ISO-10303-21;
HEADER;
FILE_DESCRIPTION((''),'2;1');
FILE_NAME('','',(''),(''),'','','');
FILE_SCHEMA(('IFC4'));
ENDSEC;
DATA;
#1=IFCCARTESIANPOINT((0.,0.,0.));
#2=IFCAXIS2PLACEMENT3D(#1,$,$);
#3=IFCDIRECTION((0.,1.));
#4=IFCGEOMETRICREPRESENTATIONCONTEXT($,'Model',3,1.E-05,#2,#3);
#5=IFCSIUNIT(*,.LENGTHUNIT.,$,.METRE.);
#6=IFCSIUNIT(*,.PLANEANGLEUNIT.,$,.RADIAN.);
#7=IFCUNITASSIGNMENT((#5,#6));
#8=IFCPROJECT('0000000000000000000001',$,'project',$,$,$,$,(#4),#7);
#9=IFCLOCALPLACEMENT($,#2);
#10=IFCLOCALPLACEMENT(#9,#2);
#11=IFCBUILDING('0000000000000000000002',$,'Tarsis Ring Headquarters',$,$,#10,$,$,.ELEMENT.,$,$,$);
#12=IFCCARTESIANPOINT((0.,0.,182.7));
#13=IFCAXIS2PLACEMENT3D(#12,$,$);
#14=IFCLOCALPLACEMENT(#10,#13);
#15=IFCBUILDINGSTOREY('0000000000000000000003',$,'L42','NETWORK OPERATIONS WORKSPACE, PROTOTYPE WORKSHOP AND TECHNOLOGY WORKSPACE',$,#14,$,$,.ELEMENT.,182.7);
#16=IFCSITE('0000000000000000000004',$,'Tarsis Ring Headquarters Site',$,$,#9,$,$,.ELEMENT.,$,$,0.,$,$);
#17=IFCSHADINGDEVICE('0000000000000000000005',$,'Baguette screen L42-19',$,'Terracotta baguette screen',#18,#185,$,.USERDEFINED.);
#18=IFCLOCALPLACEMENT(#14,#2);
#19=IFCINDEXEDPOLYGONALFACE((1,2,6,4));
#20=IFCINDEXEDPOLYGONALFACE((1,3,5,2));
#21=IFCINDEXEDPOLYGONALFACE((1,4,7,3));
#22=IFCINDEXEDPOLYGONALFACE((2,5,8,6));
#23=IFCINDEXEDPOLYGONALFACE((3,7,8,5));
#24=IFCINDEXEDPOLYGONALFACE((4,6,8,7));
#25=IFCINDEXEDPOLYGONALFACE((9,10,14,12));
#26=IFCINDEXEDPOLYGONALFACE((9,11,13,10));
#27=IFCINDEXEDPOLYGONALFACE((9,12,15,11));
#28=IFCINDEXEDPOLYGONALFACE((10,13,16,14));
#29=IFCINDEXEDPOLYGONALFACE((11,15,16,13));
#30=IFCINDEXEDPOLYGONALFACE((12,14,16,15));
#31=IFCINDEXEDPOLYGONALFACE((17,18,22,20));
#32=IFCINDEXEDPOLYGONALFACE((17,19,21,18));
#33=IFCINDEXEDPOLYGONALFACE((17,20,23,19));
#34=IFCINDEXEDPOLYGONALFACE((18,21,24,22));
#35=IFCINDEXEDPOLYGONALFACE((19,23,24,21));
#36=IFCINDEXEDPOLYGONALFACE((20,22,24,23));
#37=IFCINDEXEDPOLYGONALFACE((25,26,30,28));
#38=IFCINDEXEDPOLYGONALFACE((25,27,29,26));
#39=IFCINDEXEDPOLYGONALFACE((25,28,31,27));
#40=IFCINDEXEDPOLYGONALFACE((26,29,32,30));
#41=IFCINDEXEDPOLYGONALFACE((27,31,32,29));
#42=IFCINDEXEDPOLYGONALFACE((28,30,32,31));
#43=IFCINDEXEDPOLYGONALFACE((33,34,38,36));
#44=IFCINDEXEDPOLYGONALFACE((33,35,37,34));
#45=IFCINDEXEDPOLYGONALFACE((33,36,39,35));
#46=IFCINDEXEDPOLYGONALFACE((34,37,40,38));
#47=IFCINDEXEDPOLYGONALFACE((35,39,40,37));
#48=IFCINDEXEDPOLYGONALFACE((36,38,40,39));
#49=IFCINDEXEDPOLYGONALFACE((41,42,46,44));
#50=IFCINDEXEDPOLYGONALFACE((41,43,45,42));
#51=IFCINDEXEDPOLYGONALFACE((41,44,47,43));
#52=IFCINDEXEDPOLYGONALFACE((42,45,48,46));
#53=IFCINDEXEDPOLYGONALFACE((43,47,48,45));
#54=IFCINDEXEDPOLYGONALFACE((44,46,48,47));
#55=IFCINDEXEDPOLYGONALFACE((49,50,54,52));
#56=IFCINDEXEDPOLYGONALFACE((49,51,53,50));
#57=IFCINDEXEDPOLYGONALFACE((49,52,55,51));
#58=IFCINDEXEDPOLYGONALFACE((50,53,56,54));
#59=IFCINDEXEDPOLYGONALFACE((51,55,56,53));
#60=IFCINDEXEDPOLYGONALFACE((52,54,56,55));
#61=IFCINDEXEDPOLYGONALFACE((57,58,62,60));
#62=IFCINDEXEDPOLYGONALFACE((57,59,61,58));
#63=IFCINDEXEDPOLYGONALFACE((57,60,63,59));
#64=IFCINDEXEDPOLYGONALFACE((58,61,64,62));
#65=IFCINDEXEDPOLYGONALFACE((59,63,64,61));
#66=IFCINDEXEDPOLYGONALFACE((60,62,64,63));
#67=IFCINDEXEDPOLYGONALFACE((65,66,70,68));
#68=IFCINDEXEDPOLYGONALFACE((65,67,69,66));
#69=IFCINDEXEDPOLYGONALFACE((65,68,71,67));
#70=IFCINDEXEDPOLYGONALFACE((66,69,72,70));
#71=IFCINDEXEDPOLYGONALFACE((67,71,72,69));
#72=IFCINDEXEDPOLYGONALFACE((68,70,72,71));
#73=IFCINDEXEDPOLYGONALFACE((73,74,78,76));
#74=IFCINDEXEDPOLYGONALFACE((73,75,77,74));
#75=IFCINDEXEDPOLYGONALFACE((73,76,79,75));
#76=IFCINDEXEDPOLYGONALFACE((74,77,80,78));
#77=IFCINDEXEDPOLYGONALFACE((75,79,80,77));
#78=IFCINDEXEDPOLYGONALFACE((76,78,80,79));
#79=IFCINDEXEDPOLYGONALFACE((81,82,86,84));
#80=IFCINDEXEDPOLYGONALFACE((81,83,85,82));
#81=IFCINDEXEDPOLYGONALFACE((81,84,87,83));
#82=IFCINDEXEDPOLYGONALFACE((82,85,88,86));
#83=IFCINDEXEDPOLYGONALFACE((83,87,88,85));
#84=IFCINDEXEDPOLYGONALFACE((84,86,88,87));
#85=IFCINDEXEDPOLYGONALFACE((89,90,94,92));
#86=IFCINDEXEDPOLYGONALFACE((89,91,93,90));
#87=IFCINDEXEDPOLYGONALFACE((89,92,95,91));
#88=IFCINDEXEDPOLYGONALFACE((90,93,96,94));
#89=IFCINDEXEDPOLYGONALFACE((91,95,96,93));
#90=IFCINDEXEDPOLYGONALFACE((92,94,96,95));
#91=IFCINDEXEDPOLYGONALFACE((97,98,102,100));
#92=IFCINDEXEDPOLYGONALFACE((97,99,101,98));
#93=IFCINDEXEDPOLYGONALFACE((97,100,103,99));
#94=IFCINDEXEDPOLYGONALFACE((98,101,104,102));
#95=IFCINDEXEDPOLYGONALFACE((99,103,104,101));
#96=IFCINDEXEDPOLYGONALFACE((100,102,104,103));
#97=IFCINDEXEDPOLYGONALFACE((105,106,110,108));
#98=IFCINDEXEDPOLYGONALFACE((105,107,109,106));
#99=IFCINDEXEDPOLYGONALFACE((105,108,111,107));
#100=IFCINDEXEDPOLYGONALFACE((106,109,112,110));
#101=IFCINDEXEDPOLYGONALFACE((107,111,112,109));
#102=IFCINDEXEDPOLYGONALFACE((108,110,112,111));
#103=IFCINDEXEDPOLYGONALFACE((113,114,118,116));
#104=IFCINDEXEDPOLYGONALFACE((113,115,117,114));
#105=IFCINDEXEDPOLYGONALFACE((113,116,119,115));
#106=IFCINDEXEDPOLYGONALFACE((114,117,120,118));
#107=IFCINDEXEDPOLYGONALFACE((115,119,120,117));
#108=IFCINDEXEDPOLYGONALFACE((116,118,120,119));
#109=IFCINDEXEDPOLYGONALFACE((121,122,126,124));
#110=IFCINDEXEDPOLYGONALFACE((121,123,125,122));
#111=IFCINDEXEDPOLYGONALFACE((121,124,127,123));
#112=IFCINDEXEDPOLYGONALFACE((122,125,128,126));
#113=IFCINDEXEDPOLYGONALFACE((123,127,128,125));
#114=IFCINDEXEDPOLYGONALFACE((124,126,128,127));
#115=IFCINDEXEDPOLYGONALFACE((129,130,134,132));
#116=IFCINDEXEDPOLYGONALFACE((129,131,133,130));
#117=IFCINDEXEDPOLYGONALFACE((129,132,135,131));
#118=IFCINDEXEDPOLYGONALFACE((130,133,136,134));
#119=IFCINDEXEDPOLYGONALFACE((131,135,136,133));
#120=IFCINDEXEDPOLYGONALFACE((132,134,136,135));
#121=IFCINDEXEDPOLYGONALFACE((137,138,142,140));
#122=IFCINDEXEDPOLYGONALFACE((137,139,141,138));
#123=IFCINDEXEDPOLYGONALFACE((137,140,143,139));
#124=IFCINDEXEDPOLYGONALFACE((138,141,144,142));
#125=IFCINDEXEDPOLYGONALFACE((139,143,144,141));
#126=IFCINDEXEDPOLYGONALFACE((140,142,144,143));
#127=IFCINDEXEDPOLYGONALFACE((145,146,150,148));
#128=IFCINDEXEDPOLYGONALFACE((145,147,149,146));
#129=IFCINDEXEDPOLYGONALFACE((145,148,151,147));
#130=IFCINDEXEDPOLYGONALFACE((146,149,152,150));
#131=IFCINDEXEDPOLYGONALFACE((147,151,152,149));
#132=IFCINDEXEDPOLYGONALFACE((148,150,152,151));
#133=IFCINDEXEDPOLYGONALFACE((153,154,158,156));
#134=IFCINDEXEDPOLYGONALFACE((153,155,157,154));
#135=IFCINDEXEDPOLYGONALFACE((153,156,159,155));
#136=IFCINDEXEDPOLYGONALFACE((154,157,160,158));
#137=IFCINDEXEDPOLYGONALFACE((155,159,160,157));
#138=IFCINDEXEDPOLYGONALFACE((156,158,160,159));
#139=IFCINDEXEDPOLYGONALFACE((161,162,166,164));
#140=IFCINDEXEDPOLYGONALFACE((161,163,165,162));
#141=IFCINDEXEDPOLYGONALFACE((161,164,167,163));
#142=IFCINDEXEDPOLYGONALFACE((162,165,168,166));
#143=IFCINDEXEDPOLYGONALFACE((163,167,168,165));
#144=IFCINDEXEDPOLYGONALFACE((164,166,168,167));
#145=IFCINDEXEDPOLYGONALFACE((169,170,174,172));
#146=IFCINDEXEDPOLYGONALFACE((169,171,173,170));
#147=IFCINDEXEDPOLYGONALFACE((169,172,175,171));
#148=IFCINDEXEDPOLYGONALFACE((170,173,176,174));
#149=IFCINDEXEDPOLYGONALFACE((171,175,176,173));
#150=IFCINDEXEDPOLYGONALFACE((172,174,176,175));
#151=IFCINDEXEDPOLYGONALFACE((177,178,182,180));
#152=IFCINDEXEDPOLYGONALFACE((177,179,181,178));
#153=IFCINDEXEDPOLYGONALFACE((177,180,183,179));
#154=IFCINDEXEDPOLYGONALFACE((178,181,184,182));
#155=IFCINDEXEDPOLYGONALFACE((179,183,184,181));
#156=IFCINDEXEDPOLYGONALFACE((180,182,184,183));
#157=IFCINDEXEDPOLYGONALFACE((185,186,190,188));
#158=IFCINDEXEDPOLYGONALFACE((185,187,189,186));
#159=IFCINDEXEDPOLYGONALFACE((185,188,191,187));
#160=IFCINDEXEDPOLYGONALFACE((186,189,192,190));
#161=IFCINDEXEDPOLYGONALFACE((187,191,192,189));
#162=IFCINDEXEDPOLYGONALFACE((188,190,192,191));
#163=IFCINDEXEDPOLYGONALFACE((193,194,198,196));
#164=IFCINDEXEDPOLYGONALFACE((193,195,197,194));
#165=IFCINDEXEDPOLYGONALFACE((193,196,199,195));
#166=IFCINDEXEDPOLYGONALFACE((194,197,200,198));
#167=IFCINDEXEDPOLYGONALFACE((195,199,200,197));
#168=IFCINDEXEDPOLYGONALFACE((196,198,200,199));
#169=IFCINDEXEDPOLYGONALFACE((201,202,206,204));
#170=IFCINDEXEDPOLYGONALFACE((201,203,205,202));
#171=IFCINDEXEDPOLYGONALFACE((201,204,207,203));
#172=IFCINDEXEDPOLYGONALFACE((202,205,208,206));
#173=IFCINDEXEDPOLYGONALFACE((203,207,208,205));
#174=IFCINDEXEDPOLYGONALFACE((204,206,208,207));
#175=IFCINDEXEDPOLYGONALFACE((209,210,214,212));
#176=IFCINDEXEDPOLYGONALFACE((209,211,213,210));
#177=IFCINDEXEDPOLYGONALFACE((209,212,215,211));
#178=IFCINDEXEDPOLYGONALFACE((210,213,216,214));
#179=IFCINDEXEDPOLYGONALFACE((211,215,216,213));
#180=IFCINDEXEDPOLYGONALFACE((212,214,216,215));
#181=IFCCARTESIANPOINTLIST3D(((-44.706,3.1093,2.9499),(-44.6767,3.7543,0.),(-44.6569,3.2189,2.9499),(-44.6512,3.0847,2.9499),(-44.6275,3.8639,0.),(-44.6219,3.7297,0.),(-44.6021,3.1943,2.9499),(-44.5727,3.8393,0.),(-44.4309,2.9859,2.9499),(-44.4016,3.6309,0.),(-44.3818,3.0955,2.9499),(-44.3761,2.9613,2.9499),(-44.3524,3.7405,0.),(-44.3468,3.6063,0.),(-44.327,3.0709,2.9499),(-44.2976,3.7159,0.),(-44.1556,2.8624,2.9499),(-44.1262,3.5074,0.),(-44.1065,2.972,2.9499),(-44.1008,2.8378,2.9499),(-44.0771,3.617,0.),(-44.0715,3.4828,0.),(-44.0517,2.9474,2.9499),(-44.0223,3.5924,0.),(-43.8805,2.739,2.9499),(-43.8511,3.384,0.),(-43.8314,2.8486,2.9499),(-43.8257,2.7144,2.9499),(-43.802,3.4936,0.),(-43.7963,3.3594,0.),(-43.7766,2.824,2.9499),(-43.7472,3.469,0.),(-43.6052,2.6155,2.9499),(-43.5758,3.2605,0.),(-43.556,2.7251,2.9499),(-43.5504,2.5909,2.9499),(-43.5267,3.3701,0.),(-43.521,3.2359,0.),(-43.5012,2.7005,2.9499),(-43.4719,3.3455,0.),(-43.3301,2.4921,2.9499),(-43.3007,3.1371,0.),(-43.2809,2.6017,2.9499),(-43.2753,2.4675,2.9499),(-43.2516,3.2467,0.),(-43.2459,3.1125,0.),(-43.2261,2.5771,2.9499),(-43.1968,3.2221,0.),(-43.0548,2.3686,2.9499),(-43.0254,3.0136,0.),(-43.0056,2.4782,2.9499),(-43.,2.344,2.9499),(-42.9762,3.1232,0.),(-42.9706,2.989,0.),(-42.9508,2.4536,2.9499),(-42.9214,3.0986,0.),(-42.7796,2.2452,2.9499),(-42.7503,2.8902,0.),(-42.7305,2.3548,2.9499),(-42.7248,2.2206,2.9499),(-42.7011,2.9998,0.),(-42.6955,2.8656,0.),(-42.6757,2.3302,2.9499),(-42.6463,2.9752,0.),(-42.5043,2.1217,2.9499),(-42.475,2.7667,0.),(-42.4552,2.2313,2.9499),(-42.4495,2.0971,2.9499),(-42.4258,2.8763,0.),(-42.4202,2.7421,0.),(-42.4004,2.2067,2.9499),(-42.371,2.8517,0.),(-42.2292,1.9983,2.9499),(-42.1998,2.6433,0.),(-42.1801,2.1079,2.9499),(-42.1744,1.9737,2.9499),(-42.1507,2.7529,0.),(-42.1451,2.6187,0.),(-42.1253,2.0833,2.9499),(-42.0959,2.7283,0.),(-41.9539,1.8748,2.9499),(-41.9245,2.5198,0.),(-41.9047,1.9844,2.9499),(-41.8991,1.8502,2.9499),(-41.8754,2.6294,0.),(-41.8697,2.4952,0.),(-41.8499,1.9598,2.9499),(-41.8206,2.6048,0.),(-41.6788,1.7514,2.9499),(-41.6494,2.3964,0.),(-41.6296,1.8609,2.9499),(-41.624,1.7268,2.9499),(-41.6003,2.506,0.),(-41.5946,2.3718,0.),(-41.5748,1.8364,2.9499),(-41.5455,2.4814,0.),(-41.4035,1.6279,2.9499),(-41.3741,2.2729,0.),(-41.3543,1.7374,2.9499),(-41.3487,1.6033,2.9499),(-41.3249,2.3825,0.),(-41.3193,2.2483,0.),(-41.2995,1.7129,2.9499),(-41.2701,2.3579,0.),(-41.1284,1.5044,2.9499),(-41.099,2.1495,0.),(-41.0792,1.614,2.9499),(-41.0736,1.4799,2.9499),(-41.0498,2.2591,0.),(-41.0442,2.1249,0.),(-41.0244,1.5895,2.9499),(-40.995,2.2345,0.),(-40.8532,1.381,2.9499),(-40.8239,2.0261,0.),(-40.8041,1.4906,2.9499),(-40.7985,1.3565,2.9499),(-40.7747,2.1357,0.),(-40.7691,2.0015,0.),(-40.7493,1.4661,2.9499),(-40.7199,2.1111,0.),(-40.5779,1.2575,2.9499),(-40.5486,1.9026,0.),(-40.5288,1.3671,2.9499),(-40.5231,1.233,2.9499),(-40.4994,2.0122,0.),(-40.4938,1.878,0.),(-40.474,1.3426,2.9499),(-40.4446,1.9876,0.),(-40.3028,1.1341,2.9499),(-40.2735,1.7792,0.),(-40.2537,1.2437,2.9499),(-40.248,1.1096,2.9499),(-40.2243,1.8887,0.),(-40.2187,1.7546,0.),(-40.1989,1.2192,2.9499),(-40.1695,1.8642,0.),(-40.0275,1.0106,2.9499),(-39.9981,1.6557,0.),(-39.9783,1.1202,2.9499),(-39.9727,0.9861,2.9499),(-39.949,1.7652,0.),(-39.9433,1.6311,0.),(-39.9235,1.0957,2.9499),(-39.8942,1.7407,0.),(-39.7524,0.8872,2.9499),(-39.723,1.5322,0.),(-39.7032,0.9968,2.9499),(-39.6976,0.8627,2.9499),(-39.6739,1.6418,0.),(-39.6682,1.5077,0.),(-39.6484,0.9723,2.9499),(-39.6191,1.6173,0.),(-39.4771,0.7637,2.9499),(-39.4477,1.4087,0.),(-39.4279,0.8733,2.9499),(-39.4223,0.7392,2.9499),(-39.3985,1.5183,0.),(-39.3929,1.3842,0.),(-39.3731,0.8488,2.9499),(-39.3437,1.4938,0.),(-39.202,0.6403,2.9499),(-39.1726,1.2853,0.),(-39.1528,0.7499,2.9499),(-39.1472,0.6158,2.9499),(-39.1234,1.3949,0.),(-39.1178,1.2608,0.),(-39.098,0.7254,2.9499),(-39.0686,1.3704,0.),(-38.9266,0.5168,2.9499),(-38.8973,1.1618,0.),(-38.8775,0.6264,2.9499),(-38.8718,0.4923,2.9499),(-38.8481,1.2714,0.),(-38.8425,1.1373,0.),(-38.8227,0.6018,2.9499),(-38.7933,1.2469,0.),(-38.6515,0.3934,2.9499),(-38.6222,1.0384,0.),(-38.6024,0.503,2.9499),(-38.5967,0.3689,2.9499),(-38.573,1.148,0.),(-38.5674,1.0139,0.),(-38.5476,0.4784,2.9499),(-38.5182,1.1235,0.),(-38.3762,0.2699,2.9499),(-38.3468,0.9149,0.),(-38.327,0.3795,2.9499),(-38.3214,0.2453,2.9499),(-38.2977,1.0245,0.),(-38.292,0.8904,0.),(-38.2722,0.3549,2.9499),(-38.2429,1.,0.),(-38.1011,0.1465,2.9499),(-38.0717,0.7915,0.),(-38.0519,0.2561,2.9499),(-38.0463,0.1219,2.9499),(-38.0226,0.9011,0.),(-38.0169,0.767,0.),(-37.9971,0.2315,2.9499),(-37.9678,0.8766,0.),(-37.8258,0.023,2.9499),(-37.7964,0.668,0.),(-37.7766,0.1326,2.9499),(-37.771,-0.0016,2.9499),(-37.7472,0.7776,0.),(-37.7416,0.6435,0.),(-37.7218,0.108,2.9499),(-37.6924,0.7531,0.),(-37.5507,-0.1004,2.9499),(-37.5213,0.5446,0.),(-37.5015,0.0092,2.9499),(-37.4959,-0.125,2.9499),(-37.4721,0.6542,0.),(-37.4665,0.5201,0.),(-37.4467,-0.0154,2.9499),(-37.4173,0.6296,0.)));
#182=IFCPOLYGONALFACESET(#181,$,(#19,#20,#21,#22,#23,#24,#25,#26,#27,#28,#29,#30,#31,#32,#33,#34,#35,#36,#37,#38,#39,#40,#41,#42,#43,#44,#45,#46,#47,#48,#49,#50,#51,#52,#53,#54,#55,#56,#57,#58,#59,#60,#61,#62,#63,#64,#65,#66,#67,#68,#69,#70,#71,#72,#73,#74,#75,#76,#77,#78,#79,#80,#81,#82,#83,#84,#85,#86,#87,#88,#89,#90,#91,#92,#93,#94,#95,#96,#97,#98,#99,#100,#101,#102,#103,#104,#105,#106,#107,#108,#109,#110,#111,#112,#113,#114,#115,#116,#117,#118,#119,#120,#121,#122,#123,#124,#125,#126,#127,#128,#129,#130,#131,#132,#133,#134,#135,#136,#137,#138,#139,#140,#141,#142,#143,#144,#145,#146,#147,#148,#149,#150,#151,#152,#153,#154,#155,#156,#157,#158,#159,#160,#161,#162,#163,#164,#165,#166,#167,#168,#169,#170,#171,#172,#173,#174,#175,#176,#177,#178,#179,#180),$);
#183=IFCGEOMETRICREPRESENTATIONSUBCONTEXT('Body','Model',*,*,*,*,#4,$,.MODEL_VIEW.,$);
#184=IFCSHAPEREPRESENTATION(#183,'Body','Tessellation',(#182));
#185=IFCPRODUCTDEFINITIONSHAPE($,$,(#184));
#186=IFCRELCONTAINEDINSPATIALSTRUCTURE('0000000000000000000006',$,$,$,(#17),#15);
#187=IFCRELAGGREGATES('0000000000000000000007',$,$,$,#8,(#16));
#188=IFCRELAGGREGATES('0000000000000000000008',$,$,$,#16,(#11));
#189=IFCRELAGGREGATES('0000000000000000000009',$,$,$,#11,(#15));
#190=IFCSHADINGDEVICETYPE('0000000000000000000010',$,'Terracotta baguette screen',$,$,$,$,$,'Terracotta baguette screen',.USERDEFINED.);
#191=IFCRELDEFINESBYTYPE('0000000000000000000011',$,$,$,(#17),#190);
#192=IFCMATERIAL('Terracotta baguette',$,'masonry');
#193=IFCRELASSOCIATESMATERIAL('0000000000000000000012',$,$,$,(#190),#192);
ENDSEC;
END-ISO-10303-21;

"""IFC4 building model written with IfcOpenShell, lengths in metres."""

from ifc_helpers import new_model, si_unit, direction, frame, frame_2d, origin, place, context, subcontext, project, spatial, rectangle, composite_profile, extrude, material, type_object, element, save


model = new_model("IFC4")

# Units and contexts
model_context = context("Model", 3, precision=1e-05, world=origin(), true_north=direction((0.0, 1.0)))
body_context = subcontext(model_context, "Body", "Model", "MODEL_VIEW")
ifc_project = project(units=[si_unit("LENGTHUNIT", "METRE"), si_unit("PLANEANGLEUNIT", "RADIAN")], contexts=[model_context])

# Site, building, storey
site_placement = place(None, origin())
site = spatial("IfcSite", under=ifc_project, at=site_placement, Name="Tarsis Ring Headquarters Site", CompositionType="ELEMENT", RefElevation=0.0)
building_placement = place(site_placement, origin())
building = spatial("IfcBuilding", under=site, at=building_placement, Name="Tarsis Ring Headquarters", CompositionType="ELEMENT")
storey_placement = place(building_placement, frame((0.0, 0.0, 182.7)))
storey = spatial("IfcBuildingStorey", under=building, at=storey_placement, Name="L42", Description="NETWORK OPERATIONS WORKSPACE, PROTOTYPE WORKSHOP AND TECHNOLOGY WORKSPACE", CompositionType="ELEMENT", Elevation=182.7)

# Shading device
ifc_material_1 = material(Name="Terracotta baguette", Category="masonry")
shading_device_type_1 = type_object("IfcShadingDeviceType", Name="Terracotta baguette screen", ElementType="Terracotta baguette screen", PredefinedType="USERDEFINED", material=ifc_material_1)
shading_device_1_placement = place(storey_placement, frame((-44.6521, 3.8091, 0.0), z_axis=(0.0, 0.0, 1.0), x_axis=(0.912411, -0.409275, 0.0)))
element("IfcShadingDevice", 1, at=shading_device_1_placement, inside=storey, type_object=shading_device_type_1, Name="Baguette screen L42-19", ObjectType="Terracotta baguette screen", PredefinedType="USERDEFINED", context=body_context, shape_type="SweptSolid", body=[
    extrude(composite_profile([rectangle(XDim=0.0601, YDim=0.1201, at=frame_2d((0.03, 0.0))), rectangle(XDim=0.0601, YDim=0.1201, at=frame_2d((0.3315, 0.0))), rectangle(XDim=0.0601, YDim=0.1201, at=frame_2d((0.6333, 0.0))), rectangle(XDim=0.0601, YDim=0.1201, at=frame_2d((0.9348, 0.0))), rectangle(XDim=0.0601, YDim=0.1201, at=frame_2d((1.2366, 0.0))), rectangle(XDim=0.0601, YDim=0.1201, at=frame_2d((1.5381, 0.0))), rectangle(XDim=0.0601, YDim=0.1201, at=frame_2d((1.8398, 0.0))), rectangle(XDim=0.0601, YDim=0.1201, at=frame_2d((2.1414, 0.0))), rectangle(XDim=0.0601, YDim=0.1201, at=frame_2d((2.4431, 0.0))), rectangle(XDim=0.0601, YDim=0.1201, at=frame_2d((2.7446, 0.0))), rectangle(XDim=0.0601, YDim=0.1201, at=frame_2d((3.0464, 0.0))), rectangle(XDim=0.0601, YDim=0.1201, at=frame_2d((3.3479, 0.0))), rectangle(XDim=0.0601, YDim=0.1201, at=frame_2d((3.6497, 0.0))), rectangle(XDim=0.0601, YDim=0.1201, at=frame_2d((3.9512, 0.0))), rectangle(XDim=0.0601, YDim=0.1201, at=frame_2d((4.2527, 0.0))), rectangle(XDim=0.0601, YDim=0.1201, at=frame_2d((4.5544, 0.0))), rectangle(XDim=0.0601, YDim=0.1201, at=frame_2d((4.856, 0.0))), rectangle(XDim=0.0601, YDim=0.1201, at=frame_2d((5.1577, 0.0))), rectangle(XDim=0.0601, YDim=0.1201, at=frame_2d((5.4592, 0.0))), rectangle(XDim=0.0601, YDim=0.1201, at=frame_2d((5.761, 0.0))), rectangle(XDim=0.0601, YDim=0.1201, at=frame_2d((6.0625, 0.0))), rectangle(XDim=0.0601, YDim=0.1201, at=frame_2d((6.3643, 0.0))), rectangle(XDim=0.0601, YDim=0.1201, at=frame_2d((6.6658, 0.0))), rectangle(XDim=0.0601, YDim=0.1201, at=frame_2d((6.9675, 0.0))), rectangle(XDim=0.0601, YDim=0.1201, at=frame_2d((7.269, 0.0))), rectangle(XDim=0.0601, YDim=0.1201, at=frame_2d((7.5708, 0.0))), rectangle(XDim=0.0601, YDim=0.1201, at=frame_2d((7.8723, 0.0)))]), origin(), (0.078546, -0.198867, 0.976874), 3.0198),
])

save(model, "model.ifc")
